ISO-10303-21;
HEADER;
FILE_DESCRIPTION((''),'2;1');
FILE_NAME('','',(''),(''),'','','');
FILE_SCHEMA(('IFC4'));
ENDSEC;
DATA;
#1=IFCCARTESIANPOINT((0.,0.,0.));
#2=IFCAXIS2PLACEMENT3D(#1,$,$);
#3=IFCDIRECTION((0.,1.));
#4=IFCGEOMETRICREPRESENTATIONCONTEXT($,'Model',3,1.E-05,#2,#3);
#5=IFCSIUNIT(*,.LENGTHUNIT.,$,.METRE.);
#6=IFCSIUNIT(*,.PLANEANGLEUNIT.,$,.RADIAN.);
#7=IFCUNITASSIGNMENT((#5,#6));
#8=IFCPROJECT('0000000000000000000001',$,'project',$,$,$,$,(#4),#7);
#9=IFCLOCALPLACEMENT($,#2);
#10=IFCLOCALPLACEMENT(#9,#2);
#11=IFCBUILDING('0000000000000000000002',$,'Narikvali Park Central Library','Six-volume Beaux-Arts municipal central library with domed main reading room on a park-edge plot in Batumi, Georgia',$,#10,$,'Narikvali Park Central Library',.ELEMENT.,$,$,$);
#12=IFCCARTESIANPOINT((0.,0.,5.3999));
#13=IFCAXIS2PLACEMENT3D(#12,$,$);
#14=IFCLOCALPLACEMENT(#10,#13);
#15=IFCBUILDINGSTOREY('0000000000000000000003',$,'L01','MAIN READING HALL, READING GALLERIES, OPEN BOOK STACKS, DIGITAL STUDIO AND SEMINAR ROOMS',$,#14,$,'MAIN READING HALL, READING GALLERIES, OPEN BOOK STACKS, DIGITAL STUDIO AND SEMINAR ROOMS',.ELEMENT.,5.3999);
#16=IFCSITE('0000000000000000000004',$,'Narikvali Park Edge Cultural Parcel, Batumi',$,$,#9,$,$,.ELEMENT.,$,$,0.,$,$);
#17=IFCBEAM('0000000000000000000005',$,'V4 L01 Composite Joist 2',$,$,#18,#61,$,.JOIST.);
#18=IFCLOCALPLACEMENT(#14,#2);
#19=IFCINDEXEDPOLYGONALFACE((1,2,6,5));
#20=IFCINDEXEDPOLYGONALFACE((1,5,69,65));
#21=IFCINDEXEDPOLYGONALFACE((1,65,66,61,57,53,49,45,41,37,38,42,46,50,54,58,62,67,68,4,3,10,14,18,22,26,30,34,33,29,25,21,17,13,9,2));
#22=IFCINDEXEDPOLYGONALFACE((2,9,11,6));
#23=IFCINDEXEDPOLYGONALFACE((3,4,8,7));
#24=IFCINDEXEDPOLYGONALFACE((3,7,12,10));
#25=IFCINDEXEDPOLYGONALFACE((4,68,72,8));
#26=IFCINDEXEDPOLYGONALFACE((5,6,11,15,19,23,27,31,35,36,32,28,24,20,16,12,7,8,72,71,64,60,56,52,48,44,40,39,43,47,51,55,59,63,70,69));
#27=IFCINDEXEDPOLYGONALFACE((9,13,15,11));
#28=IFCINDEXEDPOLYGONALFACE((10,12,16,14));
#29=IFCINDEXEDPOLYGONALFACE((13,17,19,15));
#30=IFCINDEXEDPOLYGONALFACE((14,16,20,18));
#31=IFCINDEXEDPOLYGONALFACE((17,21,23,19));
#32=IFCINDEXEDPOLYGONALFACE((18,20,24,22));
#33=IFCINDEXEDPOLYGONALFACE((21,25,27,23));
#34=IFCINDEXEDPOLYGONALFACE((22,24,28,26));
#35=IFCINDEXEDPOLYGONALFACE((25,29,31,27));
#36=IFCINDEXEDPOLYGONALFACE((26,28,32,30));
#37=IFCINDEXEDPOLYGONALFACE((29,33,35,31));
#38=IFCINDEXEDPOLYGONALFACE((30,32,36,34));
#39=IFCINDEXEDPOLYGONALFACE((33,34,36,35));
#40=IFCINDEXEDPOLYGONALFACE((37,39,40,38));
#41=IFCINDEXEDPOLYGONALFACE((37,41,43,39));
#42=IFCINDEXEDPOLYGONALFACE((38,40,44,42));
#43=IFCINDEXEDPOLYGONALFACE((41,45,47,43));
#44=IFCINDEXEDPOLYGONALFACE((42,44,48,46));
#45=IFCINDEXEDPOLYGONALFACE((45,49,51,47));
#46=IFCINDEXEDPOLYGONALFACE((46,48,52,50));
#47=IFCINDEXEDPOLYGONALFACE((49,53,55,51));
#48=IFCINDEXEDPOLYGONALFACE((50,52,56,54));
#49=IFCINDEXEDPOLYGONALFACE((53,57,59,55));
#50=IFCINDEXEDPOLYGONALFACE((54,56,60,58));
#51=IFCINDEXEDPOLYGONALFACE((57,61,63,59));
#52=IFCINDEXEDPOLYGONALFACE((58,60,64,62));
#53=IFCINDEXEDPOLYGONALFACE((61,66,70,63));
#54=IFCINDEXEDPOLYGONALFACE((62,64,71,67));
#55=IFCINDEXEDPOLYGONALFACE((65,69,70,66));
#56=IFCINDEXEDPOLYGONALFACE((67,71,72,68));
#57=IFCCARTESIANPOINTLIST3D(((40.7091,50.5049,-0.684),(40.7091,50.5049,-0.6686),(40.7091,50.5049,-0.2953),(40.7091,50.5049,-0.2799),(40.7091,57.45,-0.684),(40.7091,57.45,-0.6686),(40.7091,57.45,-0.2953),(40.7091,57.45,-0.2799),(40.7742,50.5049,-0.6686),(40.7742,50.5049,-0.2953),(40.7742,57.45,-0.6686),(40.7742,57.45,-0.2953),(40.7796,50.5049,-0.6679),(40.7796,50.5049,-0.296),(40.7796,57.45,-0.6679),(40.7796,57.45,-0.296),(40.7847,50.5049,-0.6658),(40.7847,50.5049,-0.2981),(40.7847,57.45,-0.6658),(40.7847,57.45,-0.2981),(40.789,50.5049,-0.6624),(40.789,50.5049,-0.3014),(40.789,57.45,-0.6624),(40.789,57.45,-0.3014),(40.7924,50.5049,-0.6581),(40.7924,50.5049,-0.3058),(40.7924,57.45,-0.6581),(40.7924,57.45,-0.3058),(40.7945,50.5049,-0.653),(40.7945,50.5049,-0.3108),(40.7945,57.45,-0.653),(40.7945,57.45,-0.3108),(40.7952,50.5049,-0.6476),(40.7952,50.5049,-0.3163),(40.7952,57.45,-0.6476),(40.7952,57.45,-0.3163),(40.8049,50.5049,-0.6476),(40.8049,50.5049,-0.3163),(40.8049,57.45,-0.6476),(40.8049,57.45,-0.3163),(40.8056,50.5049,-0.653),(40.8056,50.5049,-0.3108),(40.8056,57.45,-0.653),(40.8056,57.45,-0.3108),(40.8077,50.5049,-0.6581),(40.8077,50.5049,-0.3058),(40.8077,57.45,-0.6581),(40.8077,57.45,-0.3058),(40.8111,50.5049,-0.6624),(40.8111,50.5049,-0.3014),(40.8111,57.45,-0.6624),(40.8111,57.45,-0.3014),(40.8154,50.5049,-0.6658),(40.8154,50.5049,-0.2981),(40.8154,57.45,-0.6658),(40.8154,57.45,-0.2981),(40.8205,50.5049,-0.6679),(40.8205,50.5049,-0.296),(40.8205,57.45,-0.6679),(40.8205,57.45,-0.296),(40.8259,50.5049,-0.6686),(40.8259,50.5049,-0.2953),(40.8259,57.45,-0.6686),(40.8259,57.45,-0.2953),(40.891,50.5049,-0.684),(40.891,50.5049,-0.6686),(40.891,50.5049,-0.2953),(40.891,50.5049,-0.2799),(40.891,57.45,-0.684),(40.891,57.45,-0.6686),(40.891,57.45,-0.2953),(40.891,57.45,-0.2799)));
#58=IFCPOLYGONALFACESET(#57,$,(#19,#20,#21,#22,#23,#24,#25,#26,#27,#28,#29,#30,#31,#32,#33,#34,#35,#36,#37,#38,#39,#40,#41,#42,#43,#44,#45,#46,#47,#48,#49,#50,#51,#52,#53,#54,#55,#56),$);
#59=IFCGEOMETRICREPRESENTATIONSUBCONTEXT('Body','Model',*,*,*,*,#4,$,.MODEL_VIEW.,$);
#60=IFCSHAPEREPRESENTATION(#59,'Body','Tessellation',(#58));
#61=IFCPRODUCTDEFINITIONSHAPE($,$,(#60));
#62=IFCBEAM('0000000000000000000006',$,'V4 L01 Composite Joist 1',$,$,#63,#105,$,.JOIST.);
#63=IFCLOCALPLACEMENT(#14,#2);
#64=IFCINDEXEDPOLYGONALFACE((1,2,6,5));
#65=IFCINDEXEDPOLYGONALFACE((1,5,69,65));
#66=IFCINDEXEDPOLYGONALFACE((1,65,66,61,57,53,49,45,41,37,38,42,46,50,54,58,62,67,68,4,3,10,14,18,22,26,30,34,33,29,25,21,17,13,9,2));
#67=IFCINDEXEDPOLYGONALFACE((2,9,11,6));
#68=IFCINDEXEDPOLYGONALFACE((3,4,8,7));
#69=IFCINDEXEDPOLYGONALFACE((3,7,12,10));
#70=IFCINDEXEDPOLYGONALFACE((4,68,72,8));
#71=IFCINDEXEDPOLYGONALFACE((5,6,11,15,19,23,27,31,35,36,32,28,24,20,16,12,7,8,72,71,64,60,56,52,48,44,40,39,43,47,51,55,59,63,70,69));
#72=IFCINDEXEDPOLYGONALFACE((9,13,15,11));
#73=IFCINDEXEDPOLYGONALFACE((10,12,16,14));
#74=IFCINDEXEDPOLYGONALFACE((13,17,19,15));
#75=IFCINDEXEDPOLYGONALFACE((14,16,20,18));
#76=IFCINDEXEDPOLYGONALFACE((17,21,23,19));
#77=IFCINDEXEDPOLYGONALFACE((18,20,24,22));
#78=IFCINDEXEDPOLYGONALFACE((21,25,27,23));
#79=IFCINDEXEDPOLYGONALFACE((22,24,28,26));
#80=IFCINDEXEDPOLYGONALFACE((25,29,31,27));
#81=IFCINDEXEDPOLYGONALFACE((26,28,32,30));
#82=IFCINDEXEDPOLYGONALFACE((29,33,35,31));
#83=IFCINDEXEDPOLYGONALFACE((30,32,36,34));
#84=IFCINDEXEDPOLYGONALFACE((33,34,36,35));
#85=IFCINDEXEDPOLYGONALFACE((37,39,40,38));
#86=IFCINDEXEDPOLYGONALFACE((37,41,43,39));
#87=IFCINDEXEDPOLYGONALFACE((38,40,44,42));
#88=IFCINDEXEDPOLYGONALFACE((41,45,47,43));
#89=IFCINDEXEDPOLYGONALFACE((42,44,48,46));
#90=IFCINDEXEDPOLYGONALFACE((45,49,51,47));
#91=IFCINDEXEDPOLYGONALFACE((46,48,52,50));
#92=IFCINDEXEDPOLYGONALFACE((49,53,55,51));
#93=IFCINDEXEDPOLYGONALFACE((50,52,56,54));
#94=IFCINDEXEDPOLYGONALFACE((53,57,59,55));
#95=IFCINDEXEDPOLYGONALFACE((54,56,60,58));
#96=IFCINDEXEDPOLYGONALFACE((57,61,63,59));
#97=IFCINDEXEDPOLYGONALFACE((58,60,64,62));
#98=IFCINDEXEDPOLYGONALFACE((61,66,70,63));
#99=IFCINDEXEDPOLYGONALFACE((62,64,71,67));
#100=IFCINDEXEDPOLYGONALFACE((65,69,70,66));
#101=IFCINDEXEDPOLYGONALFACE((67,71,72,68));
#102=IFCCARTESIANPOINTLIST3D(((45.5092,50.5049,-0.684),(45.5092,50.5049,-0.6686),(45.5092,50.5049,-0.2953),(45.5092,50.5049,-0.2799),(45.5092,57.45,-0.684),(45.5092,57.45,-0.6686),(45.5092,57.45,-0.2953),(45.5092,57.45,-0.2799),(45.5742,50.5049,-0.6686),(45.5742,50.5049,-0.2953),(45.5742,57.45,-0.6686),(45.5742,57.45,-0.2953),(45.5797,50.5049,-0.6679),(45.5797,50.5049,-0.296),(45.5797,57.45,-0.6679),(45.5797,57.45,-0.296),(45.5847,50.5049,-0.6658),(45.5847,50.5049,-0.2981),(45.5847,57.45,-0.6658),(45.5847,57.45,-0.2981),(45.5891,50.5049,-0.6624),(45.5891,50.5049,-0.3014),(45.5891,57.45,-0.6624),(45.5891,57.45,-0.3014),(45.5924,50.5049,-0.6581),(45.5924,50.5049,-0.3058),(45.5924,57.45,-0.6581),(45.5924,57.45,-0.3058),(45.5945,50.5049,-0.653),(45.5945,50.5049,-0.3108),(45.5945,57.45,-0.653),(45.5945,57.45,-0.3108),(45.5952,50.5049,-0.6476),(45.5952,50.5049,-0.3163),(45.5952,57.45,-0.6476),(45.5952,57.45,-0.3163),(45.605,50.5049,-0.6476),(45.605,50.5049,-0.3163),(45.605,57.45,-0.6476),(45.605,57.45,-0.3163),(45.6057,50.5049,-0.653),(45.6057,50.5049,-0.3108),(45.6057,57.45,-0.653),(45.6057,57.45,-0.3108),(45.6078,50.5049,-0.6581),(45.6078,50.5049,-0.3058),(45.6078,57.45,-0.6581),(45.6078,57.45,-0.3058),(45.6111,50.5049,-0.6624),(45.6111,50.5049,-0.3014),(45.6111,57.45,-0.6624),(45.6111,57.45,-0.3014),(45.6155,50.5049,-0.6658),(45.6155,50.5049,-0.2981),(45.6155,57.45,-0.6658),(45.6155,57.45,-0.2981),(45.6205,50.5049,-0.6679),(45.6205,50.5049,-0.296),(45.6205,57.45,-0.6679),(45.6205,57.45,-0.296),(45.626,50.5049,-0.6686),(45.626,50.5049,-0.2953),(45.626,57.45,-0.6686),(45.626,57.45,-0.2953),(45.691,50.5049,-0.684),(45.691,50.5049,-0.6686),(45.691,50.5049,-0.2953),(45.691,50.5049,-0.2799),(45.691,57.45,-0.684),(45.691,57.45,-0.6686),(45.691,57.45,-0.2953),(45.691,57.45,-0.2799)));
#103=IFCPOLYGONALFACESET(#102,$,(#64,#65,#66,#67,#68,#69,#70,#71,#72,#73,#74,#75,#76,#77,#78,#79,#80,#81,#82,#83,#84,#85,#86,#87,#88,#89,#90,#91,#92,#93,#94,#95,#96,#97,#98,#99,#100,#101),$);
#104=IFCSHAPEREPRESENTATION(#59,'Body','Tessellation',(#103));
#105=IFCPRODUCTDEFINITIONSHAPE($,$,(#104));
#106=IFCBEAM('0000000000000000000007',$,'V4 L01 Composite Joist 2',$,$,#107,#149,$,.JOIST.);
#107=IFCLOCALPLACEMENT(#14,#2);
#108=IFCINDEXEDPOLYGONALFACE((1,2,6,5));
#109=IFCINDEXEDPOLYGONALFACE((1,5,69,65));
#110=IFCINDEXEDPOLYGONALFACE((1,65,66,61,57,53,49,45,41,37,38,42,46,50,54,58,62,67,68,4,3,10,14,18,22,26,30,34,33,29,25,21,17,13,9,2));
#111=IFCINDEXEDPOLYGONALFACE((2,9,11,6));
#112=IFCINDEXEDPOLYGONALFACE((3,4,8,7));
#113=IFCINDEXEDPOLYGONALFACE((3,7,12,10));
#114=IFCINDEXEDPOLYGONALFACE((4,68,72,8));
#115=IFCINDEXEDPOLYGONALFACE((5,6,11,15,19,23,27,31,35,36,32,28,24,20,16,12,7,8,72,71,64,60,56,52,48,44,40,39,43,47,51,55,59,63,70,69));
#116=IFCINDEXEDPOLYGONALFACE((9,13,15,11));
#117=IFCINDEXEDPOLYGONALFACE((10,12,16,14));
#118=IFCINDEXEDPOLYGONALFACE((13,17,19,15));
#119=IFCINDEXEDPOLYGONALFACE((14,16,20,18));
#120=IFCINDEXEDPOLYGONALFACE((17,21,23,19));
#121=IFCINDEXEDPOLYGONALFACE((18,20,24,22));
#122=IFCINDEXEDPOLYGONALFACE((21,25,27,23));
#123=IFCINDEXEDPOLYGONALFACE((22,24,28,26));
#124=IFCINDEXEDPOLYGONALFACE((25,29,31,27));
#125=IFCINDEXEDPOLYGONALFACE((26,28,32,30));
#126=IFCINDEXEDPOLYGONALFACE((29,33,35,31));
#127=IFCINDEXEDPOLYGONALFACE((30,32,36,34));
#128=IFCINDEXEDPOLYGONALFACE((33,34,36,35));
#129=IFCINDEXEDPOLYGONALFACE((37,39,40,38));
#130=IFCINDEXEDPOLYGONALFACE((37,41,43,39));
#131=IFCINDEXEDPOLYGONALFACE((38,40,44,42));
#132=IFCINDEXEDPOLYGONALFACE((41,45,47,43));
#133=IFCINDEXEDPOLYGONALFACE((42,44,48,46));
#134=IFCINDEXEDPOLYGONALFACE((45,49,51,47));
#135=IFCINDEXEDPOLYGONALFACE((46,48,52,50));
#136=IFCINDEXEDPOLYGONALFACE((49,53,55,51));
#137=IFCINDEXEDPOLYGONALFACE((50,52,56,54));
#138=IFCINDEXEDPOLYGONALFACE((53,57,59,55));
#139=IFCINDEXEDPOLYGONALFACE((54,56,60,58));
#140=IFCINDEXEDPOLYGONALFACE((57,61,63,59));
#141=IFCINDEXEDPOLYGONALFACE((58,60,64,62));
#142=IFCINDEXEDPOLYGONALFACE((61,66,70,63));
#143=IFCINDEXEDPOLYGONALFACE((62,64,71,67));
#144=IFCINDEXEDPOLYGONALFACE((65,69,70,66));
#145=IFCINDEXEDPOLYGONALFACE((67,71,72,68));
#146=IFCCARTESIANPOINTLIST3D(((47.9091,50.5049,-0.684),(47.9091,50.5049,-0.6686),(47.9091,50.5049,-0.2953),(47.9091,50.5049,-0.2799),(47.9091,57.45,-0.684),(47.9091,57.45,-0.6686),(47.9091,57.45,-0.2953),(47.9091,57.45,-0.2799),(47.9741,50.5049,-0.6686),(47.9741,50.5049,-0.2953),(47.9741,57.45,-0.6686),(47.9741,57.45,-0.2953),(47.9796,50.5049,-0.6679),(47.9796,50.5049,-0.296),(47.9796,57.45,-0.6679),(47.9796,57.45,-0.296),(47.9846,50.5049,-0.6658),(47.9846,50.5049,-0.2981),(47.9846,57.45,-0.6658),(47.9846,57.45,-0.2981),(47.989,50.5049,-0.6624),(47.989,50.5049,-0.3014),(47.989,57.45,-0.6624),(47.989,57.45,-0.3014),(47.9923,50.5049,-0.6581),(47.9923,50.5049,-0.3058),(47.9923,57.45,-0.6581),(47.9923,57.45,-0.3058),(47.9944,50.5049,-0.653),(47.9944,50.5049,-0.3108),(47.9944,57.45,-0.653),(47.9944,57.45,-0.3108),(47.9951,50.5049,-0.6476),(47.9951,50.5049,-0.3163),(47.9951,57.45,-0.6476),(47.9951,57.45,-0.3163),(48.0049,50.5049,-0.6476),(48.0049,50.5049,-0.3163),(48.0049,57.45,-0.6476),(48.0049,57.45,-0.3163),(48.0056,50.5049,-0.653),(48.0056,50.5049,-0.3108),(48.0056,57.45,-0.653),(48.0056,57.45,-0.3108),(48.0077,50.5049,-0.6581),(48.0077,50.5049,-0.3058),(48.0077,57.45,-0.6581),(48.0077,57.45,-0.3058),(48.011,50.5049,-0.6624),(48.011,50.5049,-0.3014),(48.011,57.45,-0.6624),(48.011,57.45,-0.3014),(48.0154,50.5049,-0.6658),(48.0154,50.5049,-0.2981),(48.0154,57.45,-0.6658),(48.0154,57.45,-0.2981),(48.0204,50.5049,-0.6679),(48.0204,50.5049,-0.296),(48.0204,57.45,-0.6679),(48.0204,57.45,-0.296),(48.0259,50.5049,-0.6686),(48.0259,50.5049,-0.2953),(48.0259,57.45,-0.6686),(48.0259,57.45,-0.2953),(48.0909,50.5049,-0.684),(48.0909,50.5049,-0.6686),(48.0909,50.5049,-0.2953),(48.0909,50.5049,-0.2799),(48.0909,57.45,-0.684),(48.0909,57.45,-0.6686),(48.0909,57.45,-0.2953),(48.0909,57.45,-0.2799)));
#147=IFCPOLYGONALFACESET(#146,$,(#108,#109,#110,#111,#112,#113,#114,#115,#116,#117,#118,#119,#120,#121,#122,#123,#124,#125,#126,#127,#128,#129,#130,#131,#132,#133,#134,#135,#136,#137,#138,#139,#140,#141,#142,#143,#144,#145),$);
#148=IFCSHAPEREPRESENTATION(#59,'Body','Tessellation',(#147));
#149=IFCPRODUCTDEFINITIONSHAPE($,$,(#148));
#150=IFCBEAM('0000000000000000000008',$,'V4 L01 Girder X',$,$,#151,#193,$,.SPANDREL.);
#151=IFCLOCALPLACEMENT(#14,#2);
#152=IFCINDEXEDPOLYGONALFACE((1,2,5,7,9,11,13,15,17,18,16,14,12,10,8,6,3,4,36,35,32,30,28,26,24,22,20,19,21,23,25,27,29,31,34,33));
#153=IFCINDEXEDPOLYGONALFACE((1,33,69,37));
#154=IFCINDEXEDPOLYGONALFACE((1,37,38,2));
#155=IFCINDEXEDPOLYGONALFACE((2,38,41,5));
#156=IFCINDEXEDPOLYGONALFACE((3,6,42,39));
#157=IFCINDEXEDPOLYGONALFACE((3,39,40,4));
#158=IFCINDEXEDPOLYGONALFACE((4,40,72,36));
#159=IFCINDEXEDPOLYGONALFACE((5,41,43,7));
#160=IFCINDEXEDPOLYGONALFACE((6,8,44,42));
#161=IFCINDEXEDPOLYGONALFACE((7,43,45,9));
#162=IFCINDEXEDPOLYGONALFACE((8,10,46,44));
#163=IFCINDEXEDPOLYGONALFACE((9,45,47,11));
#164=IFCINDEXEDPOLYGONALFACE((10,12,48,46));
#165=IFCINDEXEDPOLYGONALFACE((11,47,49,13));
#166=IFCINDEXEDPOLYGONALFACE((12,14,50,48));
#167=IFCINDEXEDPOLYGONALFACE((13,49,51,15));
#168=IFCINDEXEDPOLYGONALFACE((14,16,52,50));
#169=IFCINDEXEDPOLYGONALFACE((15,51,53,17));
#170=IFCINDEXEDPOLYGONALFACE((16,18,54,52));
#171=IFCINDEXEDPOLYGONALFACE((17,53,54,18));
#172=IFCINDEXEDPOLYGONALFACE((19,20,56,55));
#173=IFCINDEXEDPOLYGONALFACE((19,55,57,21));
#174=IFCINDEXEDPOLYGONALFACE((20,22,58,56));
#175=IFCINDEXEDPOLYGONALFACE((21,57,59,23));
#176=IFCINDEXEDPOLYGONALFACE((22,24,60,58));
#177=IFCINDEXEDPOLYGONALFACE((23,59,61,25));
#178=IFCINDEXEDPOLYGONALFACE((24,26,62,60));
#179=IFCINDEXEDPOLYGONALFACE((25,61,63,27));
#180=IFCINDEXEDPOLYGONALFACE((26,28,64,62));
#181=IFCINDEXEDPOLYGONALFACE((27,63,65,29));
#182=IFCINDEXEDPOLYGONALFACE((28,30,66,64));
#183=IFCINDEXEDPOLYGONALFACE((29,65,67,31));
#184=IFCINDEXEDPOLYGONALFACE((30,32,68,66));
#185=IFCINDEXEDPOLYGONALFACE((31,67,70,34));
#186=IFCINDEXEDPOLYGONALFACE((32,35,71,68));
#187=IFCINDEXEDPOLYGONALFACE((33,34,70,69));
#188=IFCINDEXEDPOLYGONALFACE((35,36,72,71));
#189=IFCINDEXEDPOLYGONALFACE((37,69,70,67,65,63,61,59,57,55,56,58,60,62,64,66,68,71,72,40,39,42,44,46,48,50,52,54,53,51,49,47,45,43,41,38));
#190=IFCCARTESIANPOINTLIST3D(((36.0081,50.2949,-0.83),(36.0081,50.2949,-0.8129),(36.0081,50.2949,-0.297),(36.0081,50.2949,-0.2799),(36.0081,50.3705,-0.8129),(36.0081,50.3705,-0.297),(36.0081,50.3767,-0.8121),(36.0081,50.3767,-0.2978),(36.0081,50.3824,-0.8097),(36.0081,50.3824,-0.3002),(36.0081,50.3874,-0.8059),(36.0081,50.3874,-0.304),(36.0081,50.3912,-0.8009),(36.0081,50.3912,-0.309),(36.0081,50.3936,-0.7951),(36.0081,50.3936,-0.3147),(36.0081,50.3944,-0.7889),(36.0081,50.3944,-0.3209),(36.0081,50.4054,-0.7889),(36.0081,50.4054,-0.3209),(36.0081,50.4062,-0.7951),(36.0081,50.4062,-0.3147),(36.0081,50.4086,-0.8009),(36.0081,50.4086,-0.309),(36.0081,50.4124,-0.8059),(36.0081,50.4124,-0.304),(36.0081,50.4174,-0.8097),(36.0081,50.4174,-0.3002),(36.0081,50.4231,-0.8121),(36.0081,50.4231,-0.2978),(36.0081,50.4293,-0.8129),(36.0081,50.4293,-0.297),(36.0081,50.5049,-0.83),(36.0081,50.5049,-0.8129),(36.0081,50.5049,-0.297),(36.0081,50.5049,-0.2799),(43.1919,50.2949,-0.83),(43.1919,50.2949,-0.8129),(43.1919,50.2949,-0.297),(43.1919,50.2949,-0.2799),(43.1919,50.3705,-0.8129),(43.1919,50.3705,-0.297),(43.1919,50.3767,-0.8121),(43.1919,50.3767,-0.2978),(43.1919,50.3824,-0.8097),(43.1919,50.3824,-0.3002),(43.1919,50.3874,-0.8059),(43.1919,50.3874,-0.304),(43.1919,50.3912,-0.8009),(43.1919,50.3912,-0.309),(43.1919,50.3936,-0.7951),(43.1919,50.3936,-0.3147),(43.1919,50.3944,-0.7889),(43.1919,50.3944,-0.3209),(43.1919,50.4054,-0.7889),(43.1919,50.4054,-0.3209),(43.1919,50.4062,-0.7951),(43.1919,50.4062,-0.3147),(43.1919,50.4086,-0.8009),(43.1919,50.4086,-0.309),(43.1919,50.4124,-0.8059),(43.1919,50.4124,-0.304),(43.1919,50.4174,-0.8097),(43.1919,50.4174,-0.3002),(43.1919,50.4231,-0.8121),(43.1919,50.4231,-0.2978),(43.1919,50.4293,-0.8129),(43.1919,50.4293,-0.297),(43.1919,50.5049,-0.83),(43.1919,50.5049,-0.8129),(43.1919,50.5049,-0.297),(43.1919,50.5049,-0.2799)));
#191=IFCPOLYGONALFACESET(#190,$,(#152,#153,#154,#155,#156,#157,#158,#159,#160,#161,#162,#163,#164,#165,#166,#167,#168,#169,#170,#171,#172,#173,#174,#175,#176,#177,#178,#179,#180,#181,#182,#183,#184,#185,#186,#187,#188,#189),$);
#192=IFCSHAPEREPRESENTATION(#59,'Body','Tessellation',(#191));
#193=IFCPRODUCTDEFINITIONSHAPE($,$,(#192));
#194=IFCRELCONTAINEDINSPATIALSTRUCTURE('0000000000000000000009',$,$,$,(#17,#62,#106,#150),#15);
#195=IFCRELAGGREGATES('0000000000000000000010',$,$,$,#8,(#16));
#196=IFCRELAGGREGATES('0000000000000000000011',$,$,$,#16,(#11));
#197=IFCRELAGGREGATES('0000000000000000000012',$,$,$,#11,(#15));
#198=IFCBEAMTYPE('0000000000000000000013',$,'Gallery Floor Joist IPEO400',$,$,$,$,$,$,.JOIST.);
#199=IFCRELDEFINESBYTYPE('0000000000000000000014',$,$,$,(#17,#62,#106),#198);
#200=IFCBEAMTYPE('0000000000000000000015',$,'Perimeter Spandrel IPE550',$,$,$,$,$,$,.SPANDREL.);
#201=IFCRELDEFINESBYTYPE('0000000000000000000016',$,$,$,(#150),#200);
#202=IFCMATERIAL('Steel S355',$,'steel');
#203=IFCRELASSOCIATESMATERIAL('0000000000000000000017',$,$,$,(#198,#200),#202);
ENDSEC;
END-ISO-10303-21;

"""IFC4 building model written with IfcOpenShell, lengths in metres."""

from ifc_helpers import new_model, si_unit, direction, frame, origin, origin_2d, place, context, subcontext, project, spatial, i_section, extrude, material, material_profile, profile_set, type_object, element, save


model = new_model("IFC4")

# Units and contexts
model_context = context("Model", 3, precision=1e-05, world=origin(), true_north=direction((0.0, 1.0)))
body_context = subcontext(model_context, "Body", "Model", "MODEL_VIEW")
ifc_project = project(units=[si_unit("LENGTHUNIT", "METRE"), si_unit("PLANEANGLEUNIT", "RADIAN")], contexts=[model_context])

# Site, building, storey
site_placement = place(None, origin())
site = spatial("IfcSite", under=ifc_project, at=site_placement, Name="Narikvali Park Edge Cultural Parcel, Batumi", CompositionType="ELEMENT", RefElevation=0.0)
building_placement = place(site_placement, origin())
building = spatial("IfcBuilding", under=site, at=building_placement, Name="Narikvali Park Central Library", Description="Six-volume Beaux-Arts municipal central library with domed main reading room on a park-edge plot in Batumi, Georgia", LongName="Narikvali Park Central Library", CompositionType="ELEMENT")
storey_placement = place(building_placement, frame((0.0, 0.0, 5.3999)))
storey = spatial("IfcBuildingStorey", under=building, at=storey_placement, Name="L01", Description="MAIN READING HALL, READING GALLERIES, OPEN BOOK STACKS, DIGITAL STUDIO AND SEMINAR ROOMS", LongName="MAIN READING HALL, READING GALLERIES, OPEN BOOK STACKS, DIGITAL STUDIO AND SEMINAR ROOMS", CompositionType="ELEMENT", Elevation=5.3999)

# Shared definitions
ifc_material_1 = material(Name="Steel S355", Category="steel")

# Beams
ifc_material_profile_1 = material_profile(ifc_material_1, i_section(OverallWidth=0.1819, OverallDepth=0.4041, WebThickness=0.0098, FlangeThickness=0.0154, FilletRadius=0.021, at=origin_2d()), Name="IPEO 400")
ifc_profile_set_1 = profile_set([ifc_material_profile_1], Name="Steel S355")
beam_type_1 = type_object("IfcBeamType", Name="Gallery Floor Joist IPEO400", PredefinedType="JOIST", material=ifc_profile_set_1)
for number, where, z_axis, x_axis, name in (
    (1, (40.8, 50.5049, -0.4819), (0.0, 1.0, 0.0), (-1.0, 0.0, 0.0), "V4 L01 Composite Joist 2"),
    (2, (45.6001, 50.5049, -0.4819), (0.0, 1.0, 0.0), (-1.0, 0.0, 0.0), "V4 L01 Composite Joist 1"),
    (3, (48.0, 50.5049, -0.4819), (0.0, 1.0, 0.0), (-1.0, 0.0, 0.0), "V4 L01 Composite Joist 2"),
):
    element("IfcBeam", number, at=place(storey_placement, frame(where, z_axis=z_axis, x_axis=x_axis)), inside=storey, type_object=beam_type_1, Name=name, PredefinedType="JOIST", context=body_context, shape_type="SweptSolid", body=[
        extrude(i_section(OverallWidth=0.1819, OverallDepth=0.4041, WebThickness=0.0098, FlangeThickness=0.0154, FilletRadius=0.021, at=origin_2d()), origin(), (0.0, 0.0, 1.0), 6.9451),
    ])
ifc_material_profile_2 = material_profile(ifc_material_1, i_section(OverallWidth=0.21, OverallDepth=0.55, WebThickness=0.011, FlangeThickness=0.0171, FilletRadius=0.0239, at=origin_2d()), Name="IPE 550")
ifc_profile_set_2 = profile_set([ifc_material_profile_2], Name="Steel S355")
beam_type_2 = type_object("IfcBeamType", Name="Perimeter Spandrel IPE550", PredefinedType="SPANDREL", material=ifc_profile_set_2)
beam_1_placement = place(storey_placement, frame((36.0081, 50.3999, -0.5549), z_axis=(1.0, 0.0, 0.0), x_axis=(0.0, 1.0, 0.0)))
element("IfcBeam", 4, at=beam_1_placement, inside=storey, type_object=beam_type_2, Name="V4 L01 Girder X", PredefinedType="SPANDREL", context=body_context, shape_type="SweptSolid", body=[
    extrude(i_section(OverallWidth=0.21, OverallDepth=0.55, WebThickness=0.011, FlangeThickness=0.0171, FilletRadius=0.0239, at=origin_2d()), origin(), (0.0, 0.0, 1.0), 7.1838),
])

save(model, "model.ifc")
